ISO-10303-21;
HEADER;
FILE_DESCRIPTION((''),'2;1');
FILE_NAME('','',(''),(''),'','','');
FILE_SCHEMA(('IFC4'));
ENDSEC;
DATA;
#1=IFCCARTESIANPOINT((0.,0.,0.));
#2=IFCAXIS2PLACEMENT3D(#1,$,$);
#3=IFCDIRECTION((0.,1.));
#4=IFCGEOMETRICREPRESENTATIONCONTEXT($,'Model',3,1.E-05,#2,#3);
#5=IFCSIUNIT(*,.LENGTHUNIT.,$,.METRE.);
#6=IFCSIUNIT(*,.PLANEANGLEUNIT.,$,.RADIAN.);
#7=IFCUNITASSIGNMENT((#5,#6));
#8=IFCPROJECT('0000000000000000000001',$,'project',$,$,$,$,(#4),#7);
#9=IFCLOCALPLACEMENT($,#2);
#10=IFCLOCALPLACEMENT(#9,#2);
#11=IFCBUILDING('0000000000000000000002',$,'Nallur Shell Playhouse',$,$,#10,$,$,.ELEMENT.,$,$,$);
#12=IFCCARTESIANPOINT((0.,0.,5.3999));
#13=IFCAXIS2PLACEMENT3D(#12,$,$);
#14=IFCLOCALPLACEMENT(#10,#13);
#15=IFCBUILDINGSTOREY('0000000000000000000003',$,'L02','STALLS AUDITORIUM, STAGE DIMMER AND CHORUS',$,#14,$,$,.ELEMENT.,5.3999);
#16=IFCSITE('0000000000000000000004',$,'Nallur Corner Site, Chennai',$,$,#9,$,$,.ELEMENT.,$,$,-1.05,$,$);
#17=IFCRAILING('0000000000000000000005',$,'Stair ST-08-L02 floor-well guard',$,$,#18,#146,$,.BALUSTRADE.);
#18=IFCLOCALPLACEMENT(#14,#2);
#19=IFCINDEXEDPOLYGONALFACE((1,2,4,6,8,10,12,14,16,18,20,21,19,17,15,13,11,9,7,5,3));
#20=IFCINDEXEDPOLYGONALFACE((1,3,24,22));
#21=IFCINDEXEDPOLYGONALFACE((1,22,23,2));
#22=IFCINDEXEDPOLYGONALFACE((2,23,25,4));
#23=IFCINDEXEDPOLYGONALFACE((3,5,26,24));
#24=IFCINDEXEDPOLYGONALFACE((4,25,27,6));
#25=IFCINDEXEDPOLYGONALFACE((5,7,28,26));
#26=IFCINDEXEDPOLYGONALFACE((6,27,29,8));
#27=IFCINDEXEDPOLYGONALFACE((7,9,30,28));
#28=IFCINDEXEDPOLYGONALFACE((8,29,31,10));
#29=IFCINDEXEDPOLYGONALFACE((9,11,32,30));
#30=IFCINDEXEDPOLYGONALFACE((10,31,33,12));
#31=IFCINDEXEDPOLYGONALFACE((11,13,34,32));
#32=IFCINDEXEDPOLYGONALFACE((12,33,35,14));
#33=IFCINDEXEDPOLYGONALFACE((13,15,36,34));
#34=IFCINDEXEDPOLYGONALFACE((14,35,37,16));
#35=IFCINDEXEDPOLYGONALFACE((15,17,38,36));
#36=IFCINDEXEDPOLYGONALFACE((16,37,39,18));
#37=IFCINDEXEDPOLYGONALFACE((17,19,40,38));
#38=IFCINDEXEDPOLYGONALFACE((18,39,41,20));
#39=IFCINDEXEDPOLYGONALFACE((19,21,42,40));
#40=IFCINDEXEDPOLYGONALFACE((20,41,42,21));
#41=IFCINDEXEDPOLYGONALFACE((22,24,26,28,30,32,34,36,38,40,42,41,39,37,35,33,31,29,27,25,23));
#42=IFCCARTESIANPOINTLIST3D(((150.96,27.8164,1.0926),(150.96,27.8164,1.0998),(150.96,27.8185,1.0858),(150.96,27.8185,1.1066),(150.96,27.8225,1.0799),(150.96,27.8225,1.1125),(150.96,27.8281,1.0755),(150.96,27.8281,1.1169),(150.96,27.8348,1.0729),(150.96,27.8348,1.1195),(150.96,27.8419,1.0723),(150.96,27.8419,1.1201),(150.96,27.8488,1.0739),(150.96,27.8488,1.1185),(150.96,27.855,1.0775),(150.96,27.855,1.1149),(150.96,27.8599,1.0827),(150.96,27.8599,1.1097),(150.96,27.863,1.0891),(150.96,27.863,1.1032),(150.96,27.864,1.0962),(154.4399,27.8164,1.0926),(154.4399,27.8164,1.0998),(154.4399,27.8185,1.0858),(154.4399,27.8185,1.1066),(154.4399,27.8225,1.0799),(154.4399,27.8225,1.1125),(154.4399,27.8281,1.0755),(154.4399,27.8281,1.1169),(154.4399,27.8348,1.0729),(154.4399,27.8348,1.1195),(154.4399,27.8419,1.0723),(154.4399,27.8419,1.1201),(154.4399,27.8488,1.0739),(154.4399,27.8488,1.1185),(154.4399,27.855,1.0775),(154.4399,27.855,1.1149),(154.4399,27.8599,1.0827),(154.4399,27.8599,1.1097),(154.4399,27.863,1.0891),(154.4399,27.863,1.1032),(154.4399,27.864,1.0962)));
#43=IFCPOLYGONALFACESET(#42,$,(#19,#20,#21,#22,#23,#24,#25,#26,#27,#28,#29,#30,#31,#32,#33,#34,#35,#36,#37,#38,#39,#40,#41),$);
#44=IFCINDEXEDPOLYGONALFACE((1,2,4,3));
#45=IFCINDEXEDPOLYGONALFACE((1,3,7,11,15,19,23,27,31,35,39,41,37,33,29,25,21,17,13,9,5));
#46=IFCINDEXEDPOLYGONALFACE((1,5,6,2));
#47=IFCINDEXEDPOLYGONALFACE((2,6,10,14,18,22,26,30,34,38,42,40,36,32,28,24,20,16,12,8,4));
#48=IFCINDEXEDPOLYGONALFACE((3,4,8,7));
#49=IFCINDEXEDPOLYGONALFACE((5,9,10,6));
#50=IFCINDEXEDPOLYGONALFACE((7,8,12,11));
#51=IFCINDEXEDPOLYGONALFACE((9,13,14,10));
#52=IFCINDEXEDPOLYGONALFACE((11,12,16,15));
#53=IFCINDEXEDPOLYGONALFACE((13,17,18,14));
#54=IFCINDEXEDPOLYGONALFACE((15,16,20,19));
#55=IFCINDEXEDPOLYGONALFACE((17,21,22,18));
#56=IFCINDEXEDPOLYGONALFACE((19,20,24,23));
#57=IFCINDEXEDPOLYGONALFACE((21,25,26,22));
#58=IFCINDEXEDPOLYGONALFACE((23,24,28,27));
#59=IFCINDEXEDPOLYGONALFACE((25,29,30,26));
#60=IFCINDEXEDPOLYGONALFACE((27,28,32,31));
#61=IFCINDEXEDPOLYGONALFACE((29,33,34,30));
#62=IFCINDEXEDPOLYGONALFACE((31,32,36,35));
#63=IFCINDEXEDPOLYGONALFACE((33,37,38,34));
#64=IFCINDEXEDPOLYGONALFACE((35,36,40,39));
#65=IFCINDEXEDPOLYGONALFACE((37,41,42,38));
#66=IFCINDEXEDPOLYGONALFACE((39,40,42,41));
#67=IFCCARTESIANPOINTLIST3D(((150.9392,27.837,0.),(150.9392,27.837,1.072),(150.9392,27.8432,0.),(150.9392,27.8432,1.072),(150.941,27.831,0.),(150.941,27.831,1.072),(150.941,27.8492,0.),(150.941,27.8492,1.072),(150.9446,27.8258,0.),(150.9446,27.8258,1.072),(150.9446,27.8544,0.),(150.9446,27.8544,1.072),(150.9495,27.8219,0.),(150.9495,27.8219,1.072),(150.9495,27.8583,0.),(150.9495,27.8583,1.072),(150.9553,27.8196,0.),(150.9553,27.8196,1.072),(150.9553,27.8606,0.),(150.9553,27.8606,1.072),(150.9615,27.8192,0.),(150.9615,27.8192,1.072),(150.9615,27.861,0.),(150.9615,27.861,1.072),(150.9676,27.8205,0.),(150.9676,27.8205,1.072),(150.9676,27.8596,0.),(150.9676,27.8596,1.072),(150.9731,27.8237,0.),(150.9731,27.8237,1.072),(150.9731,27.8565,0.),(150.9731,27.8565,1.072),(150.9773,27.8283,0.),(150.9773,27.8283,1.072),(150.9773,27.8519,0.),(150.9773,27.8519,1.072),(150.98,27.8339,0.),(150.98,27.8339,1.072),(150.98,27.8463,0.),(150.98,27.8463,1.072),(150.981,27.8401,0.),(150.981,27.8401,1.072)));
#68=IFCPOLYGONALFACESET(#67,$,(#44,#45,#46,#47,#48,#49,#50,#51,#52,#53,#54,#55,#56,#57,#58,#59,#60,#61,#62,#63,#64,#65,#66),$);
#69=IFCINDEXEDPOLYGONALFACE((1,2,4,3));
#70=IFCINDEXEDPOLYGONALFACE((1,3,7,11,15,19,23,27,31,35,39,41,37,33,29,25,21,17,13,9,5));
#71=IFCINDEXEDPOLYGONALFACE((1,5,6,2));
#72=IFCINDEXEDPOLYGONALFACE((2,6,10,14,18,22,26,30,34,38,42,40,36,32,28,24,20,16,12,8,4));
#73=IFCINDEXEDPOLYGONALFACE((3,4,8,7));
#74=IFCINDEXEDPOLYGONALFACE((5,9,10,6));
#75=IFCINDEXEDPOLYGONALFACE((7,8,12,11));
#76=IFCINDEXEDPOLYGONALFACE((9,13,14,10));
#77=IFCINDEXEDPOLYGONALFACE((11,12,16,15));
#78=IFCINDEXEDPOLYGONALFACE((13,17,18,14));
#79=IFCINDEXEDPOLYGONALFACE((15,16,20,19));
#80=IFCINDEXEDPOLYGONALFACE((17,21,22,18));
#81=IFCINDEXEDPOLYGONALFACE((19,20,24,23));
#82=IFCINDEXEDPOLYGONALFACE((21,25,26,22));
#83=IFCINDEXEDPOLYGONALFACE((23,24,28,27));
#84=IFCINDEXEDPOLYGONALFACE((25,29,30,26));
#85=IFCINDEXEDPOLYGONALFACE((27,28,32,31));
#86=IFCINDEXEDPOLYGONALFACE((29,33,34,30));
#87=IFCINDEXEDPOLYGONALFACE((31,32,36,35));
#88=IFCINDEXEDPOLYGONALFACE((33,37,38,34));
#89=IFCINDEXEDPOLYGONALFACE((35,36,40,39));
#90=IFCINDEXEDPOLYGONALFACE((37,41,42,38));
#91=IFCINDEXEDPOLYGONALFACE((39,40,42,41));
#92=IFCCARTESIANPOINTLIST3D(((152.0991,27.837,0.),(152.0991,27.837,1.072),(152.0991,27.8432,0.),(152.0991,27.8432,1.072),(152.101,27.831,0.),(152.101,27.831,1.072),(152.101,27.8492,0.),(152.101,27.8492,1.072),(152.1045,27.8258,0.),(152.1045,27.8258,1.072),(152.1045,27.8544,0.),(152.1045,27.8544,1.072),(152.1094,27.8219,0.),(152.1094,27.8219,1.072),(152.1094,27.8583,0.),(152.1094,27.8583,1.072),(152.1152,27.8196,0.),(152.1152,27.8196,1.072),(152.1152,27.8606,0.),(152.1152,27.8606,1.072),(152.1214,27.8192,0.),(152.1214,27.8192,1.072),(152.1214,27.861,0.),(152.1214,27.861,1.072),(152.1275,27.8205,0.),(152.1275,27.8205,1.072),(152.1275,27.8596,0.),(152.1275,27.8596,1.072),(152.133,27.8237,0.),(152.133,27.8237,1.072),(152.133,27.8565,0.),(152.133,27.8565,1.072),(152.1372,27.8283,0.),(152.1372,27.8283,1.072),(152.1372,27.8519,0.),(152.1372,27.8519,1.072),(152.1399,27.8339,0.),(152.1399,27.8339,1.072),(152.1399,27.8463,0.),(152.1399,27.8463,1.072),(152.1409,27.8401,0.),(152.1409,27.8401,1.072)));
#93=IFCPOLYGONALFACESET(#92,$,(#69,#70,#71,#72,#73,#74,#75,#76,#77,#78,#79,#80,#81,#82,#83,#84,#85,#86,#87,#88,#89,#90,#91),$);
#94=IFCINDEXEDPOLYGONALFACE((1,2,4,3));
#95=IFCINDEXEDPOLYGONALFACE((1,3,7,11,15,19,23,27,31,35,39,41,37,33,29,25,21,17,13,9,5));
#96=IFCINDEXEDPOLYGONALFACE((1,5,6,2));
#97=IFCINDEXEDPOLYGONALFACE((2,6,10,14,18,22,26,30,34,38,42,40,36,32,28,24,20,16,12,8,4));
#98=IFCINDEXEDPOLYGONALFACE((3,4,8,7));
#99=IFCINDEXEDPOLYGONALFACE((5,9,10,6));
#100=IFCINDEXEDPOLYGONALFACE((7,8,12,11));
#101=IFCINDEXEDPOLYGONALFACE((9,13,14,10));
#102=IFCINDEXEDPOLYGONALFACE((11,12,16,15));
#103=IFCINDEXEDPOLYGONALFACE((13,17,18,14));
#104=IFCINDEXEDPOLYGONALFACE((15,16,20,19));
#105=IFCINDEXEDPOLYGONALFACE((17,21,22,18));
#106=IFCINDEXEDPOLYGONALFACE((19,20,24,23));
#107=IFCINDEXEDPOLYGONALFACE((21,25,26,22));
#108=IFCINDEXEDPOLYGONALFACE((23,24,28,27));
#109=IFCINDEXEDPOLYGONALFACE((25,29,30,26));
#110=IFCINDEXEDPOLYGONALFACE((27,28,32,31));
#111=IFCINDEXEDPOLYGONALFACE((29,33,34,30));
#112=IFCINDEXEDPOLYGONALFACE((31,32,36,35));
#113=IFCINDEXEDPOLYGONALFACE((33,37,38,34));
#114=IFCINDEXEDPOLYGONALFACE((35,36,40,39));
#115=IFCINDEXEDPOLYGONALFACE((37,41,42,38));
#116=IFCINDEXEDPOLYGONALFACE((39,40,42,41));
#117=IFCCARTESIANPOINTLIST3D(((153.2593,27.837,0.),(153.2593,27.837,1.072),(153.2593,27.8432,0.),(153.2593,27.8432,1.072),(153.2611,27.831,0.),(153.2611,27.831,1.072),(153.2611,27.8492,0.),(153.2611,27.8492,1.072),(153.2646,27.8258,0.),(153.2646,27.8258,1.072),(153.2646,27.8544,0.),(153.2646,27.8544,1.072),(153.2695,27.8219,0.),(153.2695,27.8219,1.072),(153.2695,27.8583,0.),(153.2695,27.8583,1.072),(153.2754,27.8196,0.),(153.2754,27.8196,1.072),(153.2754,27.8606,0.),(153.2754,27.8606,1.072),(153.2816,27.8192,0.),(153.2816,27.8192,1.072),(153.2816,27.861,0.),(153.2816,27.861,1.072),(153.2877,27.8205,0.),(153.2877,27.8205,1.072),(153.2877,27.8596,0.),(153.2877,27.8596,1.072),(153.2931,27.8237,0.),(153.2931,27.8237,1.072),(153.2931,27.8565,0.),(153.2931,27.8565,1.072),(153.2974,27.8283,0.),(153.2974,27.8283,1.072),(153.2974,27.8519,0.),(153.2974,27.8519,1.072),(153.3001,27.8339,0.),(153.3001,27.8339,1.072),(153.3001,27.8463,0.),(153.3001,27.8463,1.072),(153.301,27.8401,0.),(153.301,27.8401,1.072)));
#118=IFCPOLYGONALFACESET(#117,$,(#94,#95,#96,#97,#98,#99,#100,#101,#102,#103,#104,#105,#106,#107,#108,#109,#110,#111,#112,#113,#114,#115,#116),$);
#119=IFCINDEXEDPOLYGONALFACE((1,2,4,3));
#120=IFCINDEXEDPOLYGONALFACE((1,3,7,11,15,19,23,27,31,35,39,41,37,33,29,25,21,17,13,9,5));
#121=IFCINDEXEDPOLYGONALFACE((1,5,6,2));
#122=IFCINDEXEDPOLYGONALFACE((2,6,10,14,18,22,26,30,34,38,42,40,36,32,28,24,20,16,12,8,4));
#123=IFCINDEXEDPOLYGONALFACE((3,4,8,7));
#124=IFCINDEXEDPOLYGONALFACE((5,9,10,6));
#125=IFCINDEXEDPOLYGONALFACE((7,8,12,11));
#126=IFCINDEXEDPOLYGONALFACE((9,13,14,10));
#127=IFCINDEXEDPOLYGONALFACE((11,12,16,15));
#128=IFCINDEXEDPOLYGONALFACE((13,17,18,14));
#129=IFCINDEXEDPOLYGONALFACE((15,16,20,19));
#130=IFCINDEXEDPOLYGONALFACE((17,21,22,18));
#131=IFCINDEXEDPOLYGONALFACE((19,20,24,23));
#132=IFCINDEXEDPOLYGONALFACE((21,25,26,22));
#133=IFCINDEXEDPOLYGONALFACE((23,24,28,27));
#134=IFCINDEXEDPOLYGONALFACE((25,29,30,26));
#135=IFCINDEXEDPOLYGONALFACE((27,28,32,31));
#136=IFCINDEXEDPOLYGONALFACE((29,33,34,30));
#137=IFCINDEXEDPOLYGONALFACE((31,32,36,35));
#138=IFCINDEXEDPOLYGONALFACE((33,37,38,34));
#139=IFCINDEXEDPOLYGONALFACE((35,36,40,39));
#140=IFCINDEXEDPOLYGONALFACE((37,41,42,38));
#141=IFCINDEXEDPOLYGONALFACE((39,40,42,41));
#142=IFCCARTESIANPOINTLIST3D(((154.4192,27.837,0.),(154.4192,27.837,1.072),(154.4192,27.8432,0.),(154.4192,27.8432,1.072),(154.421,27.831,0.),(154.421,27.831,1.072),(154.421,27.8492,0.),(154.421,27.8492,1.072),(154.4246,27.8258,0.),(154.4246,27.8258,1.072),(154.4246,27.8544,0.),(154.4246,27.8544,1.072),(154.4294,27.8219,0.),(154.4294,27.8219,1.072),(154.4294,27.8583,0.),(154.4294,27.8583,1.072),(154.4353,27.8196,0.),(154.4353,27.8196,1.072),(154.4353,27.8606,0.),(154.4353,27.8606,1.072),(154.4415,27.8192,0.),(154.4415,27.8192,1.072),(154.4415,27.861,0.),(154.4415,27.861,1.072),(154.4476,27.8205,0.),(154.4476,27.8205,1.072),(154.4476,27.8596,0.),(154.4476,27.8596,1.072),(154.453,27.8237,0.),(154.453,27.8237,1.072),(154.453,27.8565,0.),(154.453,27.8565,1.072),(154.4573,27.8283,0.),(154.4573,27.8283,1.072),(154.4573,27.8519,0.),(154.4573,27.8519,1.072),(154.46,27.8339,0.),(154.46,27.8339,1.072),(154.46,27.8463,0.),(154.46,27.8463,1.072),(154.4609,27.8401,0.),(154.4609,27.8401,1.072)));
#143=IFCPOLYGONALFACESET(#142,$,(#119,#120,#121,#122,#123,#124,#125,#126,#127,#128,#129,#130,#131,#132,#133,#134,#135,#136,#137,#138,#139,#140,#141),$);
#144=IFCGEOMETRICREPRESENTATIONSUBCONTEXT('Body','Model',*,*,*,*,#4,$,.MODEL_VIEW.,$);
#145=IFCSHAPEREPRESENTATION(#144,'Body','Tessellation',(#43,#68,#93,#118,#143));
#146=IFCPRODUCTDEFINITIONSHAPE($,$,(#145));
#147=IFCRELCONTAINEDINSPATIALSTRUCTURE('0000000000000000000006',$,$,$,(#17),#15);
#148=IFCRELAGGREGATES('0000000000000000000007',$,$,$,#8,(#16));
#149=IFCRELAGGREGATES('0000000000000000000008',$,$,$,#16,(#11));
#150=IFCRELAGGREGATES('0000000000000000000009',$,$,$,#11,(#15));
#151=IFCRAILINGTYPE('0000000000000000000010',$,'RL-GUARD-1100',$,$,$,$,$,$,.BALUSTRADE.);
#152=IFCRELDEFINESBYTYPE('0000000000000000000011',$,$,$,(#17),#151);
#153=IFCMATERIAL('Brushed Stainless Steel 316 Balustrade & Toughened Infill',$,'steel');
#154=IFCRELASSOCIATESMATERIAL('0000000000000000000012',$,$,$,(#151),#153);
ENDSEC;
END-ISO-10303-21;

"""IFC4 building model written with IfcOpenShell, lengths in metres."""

from ifc_helpers import new_model, si_unit, direction, frame, origin, origin_2d, place, context, subcontext, project, spatial, circle, extrude, material, type_object, element, save


model = new_model("IFC4")

# Units and contexts
model_context = context("Model", 3, precision=1e-05, world=origin(), true_north=direction((0.0, 1.0)))
body_context = subcontext(model_context, "Body", "Model", "MODEL_VIEW")
ifc_project = project(units=[si_unit("LENGTHUNIT", "METRE"), si_unit("PLANEANGLEUNIT", "RADIAN")], contexts=[model_context])

# Site, building, storey
site_placement = place(None, origin())
site = spatial("IfcSite", under=ifc_project, at=site_placement, Name="Nallur Corner Site, Chennai", CompositionType="ELEMENT", RefElevation=-1.05)
building_placement = place(site_placement, origin())
building = spatial("IfcBuilding", under=site, at=building_placement, Name="Nallur Shell Playhouse", CompositionType="ELEMENT")
storey_placement = place(building_placement, frame((0.0, 0.0, 5.3999)))
storey = spatial("IfcBuildingStorey", under=building, at=storey_placement, Name="L02", Description="STALLS AUDITORIUM, STAGE DIMMER AND CHORUS", CompositionType="ELEMENT", Elevation=5.3999)

# Railing
ifc_material_1 = material(Name="Brushed Stainless Steel 316 Balustrade & Toughened Infill", Category="steel")
railing_type_1 = type_object("IfcRailingType", Name="RL-GUARD-1100", PredefinedType="BALUSTRADE", material=ifc_material_1)
railing_1_placement = place(storey_placement, frame((150.96, 27.8401, 0.0)))
element("IfcRailing", 1, at=railing_1_placement, inside=storey, type_object=railing_type_1, Name="Stair ST-08-L02 floor-well guard", PredefinedType="BALUSTRADE", context=body_context, shape_type="SweptSolid", body=[
    extrude(circle(Radius=0.0239, at=origin_2d()), frame((0.0, 0.0, 1.0962), z_axis=(1.0, 0.0, 0.0), x_axis=(0.0, 1.0, 0.0)), (0.0, 0.0, 1.0), 3.48),
    extrude(circle(Radius=0.021, at=origin_2d()), origin(), (0.0, 0.0, 1.0), 1.072),
    extrude(circle(Radius=0.021, at=origin_2d()), frame((1.1599, 0.0, 0.0)), (0.0, 0.0, 1.0), 1.072),
    extrude(circle(Radius=0.021, at=origin_2d()), frame((2.3201, 0.0, 0.0)), (0.0, 0.0, 1.0), 1.072),
    extrude(circle(Radius=0.021, at=origin_2d()), frame((3.48, 0.0, 0.0)), (0.0, 0.0, 1.0), 1.072),
])

save(model, "model.ifc")
